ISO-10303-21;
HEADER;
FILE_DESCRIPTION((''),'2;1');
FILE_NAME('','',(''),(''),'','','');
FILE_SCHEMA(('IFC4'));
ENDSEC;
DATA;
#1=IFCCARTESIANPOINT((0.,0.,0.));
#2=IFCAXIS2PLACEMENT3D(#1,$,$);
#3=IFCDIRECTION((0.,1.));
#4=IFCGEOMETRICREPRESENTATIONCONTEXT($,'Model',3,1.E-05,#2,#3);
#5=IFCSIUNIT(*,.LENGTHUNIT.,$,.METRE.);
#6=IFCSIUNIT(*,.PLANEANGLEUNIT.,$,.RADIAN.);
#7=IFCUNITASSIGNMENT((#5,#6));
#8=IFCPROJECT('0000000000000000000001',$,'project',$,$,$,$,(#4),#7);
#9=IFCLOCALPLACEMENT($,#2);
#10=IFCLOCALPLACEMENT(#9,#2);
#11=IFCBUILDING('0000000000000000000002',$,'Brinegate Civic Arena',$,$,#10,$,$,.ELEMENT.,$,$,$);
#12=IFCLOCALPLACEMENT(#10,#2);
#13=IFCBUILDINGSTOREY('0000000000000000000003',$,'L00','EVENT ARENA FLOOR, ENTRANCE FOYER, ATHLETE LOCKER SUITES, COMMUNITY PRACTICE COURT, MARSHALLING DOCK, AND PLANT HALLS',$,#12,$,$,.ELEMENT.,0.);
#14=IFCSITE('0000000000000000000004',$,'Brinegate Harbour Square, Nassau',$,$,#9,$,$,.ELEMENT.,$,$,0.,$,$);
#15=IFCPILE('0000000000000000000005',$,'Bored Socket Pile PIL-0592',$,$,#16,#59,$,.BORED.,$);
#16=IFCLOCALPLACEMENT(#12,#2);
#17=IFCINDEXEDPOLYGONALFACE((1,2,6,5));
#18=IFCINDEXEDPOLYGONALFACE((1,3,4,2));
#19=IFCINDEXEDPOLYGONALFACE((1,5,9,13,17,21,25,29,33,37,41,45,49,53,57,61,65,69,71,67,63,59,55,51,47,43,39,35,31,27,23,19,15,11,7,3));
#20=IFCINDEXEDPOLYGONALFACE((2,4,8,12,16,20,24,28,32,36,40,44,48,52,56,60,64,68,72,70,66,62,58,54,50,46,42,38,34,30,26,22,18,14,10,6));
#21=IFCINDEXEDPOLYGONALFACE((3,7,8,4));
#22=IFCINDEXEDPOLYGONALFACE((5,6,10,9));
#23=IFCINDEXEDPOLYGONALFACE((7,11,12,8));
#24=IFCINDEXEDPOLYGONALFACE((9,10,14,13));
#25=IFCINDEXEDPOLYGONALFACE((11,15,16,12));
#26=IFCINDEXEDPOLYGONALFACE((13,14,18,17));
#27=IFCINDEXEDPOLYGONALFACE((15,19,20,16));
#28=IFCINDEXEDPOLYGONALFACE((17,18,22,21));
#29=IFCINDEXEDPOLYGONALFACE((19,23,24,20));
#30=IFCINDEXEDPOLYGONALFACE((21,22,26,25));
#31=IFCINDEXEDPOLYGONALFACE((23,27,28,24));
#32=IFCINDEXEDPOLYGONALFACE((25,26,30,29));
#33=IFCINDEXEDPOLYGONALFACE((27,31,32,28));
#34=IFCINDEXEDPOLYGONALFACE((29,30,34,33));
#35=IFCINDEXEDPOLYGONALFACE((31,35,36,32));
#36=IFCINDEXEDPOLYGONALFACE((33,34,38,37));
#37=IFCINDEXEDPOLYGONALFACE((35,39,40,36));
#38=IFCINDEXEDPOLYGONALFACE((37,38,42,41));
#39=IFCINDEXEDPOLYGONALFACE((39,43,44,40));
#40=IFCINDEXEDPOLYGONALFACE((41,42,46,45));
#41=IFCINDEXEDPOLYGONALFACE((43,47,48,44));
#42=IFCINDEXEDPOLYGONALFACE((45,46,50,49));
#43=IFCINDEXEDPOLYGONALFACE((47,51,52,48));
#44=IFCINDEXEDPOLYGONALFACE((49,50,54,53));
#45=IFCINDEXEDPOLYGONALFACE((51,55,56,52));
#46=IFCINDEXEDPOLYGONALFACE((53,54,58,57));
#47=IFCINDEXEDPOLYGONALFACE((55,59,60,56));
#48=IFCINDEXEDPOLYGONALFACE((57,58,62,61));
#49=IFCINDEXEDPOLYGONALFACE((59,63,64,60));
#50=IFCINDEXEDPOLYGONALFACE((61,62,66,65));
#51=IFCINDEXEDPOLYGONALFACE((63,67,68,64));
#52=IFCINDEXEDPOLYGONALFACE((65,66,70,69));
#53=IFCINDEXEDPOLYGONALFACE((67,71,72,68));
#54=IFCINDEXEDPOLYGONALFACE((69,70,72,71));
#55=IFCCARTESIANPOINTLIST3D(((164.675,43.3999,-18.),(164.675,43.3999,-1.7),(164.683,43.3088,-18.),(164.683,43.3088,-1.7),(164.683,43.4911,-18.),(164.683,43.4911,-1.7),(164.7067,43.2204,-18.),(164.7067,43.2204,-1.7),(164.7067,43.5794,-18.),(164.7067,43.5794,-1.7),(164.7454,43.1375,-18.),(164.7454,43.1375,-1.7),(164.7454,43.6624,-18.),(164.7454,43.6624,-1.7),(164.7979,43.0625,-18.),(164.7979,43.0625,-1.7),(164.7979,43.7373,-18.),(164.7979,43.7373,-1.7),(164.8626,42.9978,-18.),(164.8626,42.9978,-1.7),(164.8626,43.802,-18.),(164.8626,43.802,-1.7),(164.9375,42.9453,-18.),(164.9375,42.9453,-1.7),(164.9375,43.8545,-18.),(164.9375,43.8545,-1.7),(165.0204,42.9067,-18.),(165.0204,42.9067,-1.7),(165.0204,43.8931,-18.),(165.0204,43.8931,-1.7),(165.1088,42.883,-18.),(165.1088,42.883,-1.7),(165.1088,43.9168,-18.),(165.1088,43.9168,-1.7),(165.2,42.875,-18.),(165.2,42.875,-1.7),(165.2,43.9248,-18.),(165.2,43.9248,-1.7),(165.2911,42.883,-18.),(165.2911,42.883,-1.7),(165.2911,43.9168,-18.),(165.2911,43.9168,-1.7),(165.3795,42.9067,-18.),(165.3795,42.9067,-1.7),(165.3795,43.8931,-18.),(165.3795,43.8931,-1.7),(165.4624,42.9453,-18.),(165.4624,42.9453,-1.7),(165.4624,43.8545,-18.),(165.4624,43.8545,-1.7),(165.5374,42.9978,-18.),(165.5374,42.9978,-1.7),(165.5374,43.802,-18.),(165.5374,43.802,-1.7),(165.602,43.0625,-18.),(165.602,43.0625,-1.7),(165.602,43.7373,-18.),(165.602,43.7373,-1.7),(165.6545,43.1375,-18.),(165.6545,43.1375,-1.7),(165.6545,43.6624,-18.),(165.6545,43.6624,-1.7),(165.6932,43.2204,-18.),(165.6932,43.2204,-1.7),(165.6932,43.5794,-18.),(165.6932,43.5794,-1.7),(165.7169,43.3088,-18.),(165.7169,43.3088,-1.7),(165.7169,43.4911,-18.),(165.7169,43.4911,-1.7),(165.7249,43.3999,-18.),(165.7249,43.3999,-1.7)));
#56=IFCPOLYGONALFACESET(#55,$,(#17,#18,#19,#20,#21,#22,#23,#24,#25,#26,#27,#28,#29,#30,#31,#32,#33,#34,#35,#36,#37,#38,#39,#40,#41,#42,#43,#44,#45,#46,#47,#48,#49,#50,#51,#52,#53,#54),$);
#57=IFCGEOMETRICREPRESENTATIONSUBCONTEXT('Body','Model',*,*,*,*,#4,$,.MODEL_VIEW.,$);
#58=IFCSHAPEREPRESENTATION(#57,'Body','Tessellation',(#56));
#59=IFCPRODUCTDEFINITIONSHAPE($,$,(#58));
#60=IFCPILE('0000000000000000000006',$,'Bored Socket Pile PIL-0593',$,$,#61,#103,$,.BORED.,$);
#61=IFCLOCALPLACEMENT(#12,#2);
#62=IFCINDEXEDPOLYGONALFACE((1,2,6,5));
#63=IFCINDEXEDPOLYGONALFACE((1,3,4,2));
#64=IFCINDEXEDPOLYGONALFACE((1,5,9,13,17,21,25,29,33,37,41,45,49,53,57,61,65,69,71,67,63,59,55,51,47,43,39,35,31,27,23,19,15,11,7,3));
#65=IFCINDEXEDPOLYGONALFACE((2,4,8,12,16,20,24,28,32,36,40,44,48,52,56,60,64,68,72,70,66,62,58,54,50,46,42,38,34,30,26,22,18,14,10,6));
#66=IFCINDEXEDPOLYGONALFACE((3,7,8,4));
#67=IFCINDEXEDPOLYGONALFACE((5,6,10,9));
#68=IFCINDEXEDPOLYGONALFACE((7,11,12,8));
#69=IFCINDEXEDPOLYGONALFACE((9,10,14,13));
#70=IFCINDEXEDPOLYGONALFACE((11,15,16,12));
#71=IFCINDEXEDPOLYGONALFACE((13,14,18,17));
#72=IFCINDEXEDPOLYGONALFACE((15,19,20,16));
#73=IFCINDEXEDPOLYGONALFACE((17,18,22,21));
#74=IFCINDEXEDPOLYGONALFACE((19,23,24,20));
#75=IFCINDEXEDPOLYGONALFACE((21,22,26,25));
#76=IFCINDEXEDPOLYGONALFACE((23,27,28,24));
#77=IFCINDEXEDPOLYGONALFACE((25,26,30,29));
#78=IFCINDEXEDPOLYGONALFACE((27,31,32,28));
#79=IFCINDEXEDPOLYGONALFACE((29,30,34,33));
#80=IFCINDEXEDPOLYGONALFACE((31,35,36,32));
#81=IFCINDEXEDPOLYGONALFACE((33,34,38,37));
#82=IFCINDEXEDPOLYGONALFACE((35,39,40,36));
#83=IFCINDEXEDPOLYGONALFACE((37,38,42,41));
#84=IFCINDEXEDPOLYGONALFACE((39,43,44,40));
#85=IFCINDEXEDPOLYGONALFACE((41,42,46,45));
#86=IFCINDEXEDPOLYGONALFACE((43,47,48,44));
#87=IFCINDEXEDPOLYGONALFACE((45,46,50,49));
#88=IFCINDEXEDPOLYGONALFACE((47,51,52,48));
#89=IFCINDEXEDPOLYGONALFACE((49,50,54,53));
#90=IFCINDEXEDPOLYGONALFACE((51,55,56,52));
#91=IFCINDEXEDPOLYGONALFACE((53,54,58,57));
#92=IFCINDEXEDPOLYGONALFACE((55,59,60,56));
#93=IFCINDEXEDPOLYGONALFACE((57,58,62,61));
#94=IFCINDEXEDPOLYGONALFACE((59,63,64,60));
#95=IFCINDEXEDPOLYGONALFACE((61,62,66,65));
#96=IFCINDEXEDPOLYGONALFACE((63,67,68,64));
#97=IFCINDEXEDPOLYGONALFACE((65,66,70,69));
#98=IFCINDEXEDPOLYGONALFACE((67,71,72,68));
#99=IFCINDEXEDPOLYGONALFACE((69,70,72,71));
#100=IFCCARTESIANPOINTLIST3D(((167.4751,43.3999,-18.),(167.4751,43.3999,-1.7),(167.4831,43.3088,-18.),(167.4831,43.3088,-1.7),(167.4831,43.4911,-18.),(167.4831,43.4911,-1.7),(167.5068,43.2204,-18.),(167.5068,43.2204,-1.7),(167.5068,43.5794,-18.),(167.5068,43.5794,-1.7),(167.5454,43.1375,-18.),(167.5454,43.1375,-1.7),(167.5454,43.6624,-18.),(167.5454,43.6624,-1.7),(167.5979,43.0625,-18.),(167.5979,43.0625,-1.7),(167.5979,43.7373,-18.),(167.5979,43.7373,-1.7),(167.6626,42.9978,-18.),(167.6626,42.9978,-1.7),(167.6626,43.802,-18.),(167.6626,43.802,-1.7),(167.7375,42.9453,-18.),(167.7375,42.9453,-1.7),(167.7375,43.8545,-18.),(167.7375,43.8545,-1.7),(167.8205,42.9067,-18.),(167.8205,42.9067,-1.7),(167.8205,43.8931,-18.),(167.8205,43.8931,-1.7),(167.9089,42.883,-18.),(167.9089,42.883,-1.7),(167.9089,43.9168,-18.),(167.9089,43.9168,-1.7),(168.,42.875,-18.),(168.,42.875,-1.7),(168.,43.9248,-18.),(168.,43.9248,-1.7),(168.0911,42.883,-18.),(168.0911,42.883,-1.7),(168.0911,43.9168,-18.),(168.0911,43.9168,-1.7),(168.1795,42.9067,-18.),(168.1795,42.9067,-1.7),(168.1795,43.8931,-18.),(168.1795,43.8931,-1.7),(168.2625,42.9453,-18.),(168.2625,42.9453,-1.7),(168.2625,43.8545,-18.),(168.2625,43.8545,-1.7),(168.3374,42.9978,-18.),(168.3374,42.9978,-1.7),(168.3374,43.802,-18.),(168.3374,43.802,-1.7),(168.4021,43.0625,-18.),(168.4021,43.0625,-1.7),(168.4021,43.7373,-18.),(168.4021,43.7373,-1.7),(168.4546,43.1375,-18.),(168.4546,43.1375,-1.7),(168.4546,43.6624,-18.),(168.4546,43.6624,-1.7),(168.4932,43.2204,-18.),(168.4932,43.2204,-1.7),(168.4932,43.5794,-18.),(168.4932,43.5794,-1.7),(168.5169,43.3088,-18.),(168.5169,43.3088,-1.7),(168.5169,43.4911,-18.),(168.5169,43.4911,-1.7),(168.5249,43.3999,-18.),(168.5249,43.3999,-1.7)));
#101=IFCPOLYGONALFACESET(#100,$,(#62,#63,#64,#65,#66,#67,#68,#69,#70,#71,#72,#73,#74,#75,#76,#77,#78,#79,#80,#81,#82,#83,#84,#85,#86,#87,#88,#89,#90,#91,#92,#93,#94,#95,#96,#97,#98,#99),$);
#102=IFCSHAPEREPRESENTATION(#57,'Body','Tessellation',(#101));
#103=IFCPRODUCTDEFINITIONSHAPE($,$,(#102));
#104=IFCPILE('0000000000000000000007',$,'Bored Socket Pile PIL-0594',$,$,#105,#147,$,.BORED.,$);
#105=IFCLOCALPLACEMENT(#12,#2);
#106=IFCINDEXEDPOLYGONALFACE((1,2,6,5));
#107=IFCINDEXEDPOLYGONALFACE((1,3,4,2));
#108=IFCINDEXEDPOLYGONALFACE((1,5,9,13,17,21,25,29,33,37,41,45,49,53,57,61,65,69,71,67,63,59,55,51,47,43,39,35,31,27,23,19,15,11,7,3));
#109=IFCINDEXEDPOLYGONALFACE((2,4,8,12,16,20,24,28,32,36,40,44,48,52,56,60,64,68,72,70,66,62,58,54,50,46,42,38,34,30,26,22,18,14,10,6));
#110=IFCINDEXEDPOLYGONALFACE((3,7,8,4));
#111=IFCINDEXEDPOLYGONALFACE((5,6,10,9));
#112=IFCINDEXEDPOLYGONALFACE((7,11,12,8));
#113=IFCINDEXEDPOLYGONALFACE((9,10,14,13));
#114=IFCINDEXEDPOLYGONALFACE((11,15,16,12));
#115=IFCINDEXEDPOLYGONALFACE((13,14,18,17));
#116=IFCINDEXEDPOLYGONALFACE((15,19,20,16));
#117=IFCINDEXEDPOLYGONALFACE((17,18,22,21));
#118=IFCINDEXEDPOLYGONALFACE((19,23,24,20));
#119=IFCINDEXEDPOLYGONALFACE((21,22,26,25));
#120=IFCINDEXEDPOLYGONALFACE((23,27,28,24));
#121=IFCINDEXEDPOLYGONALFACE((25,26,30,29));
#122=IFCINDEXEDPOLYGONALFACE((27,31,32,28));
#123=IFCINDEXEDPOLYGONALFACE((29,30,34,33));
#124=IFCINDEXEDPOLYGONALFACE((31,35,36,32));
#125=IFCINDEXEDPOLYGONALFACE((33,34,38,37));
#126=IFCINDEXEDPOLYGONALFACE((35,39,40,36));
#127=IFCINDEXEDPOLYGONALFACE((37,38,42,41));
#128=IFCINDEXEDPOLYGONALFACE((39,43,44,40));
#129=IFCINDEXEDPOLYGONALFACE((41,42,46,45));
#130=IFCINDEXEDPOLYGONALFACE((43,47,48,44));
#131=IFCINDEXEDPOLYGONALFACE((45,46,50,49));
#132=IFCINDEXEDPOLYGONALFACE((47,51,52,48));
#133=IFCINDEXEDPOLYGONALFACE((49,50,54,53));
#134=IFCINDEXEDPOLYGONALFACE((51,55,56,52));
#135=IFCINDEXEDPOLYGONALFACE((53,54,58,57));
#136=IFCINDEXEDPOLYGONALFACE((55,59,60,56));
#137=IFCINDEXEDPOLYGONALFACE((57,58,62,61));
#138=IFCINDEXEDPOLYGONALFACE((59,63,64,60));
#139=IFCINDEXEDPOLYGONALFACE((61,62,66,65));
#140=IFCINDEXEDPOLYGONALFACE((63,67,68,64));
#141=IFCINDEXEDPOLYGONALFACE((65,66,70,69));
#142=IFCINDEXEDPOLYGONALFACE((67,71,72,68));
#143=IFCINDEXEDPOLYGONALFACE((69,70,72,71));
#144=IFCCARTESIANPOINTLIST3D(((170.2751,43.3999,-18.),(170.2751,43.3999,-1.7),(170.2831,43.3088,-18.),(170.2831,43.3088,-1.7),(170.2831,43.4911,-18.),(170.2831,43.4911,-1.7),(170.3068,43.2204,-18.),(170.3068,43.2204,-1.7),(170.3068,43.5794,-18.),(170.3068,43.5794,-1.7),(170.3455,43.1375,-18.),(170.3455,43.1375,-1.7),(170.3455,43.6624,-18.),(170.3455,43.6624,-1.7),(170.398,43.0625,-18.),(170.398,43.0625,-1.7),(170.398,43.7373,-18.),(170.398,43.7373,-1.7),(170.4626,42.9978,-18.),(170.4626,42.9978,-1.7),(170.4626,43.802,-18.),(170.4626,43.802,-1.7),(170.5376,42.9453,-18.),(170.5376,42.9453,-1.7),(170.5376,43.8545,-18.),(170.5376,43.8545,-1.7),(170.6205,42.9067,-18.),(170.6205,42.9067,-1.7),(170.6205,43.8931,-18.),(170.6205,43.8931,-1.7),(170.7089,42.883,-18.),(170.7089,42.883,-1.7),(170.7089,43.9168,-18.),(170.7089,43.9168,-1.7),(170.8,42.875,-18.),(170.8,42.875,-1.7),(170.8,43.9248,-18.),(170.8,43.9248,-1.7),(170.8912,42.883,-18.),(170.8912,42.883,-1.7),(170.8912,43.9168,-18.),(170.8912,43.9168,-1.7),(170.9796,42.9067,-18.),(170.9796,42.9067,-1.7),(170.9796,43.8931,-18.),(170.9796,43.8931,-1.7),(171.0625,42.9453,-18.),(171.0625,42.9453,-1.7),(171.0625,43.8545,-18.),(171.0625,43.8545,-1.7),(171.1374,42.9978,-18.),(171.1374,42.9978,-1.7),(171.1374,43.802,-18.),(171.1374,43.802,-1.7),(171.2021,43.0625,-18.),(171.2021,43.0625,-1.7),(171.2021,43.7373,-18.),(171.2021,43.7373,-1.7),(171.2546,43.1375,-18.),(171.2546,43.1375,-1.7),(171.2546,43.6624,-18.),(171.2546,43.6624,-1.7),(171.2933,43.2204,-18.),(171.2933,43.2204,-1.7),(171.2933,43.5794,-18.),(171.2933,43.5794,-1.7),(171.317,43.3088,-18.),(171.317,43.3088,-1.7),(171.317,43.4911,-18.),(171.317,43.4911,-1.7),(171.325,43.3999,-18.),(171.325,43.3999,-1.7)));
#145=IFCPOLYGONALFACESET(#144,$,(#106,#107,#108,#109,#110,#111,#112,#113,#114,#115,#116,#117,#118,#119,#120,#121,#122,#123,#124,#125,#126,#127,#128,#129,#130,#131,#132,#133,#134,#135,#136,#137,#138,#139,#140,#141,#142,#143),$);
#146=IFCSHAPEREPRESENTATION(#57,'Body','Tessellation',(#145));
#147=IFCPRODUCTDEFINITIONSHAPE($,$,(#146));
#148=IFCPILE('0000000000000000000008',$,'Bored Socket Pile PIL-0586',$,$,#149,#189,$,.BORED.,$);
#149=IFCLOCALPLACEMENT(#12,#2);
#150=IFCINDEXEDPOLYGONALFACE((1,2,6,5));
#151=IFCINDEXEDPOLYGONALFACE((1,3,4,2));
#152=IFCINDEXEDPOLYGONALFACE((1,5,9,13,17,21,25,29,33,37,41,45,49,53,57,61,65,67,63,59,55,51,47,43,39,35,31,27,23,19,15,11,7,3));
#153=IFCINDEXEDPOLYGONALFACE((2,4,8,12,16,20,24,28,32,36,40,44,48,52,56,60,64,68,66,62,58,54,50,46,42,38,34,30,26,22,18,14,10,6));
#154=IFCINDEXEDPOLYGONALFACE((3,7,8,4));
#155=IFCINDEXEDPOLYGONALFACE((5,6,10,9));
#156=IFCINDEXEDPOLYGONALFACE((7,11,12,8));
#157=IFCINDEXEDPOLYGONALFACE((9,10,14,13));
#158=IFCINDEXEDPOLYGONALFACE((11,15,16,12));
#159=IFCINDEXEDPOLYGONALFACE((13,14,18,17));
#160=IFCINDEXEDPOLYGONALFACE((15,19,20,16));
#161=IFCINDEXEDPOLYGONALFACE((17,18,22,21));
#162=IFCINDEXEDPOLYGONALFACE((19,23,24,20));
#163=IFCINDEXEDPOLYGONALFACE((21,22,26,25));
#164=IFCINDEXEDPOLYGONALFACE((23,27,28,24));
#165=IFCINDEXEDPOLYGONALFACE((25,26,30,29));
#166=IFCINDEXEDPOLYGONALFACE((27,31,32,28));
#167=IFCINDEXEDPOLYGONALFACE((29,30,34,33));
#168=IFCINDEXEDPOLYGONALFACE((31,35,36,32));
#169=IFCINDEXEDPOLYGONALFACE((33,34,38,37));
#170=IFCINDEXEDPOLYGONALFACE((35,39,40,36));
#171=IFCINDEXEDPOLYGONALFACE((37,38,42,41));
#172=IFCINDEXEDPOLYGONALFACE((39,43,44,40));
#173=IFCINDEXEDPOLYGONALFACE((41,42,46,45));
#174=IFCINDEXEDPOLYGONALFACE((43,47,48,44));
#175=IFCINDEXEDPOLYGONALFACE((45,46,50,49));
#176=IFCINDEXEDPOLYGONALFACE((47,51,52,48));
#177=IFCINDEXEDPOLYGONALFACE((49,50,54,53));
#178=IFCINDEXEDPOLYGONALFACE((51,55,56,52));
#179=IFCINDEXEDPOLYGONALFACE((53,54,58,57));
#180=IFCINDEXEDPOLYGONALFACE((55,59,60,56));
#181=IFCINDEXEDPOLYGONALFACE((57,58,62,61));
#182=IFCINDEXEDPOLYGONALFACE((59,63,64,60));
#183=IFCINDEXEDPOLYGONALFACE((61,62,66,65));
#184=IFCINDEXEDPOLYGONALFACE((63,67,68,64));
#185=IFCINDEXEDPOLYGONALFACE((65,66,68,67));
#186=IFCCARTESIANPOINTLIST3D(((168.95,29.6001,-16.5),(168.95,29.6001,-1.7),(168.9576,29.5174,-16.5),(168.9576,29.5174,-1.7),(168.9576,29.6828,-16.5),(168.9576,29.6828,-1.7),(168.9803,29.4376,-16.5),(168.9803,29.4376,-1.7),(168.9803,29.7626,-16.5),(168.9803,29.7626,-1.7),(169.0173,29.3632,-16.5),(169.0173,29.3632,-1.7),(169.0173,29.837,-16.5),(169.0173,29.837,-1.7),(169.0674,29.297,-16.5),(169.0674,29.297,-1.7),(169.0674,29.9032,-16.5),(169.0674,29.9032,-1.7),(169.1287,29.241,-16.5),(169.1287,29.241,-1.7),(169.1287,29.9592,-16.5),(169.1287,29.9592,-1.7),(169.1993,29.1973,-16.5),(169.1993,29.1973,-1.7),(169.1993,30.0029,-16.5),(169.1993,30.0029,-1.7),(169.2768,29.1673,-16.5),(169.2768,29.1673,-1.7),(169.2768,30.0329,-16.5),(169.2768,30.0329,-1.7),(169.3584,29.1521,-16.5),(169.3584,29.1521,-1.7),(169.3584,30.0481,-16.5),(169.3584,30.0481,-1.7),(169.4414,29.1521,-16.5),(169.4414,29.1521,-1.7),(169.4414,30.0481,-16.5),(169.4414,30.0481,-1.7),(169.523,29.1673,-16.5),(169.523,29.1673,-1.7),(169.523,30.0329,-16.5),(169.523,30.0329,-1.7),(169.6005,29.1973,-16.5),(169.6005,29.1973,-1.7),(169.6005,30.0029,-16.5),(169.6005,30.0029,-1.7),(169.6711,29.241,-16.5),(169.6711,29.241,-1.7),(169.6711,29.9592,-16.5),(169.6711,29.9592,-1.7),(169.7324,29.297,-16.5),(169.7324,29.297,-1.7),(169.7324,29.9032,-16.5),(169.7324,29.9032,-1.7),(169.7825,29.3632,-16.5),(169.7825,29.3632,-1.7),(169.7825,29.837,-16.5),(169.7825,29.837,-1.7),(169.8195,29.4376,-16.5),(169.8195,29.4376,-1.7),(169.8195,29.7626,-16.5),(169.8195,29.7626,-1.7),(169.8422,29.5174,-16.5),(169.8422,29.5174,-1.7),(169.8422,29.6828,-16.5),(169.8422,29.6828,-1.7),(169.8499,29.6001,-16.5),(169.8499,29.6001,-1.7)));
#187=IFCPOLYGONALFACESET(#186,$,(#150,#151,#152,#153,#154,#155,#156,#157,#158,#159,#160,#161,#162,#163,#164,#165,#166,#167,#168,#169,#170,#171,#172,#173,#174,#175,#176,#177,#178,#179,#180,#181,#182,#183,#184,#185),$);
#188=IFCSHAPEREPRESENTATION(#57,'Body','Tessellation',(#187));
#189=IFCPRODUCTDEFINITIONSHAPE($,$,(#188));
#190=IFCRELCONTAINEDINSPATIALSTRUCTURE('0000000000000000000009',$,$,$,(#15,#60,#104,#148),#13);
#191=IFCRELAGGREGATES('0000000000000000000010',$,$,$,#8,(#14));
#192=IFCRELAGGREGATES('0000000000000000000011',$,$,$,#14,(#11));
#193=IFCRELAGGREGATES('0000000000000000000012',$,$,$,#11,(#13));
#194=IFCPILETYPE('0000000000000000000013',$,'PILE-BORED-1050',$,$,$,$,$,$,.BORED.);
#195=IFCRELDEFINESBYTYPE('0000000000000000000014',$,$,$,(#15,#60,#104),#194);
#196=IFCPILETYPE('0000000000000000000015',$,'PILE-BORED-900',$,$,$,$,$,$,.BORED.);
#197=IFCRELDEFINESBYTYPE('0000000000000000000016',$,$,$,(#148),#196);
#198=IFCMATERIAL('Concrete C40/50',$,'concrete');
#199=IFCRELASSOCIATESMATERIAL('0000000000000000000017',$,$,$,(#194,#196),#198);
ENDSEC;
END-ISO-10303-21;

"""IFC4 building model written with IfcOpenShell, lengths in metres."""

from ifc_helpers import new_model, si_unit, direction, frame, origin, origin_2d, place, context, subcontext, project, spatial, circle, extrude, material, material_profile, profile_set, type_object, element, save


model = new_model("IFC4")

# Units and contexts
model_context = context("Model", 3, precision=1e-05, world=origin(), true_north=direction((0.0, 1.0)))
body_context = subcontext(model_context, "Body", "Model", "MODEL_VIEW")
ifc_project = project(units=[si_unit("LENGTHUNIT", "METRE"), si_unit("PLANEANGLEUNIT", "RADIAN")], contexts=[model_context])

# Site, building, storey
site_placement = place(None, origin())
site = spatial("IfcSite", under=ifc_project, at=site_placement, Name="Brinegate Harbour Square, Nassau", CompositionType="ELEMENT", RefElevation=0.0)
building_placement = place(site_placement, origin())
building = spatial("IfcBuilding", under=site, at=building_placement, Name="Brinegate Civic Arena", CompositionType="ELEMENT")
storey_placement = place(building_placement, origin())
storey = spatial("IfcBuildingStorey", under=building, at=storey_placement, Name="L00", Description="EVENT ARENA FLOOR, ENTRANCE FOYER, ATHLETE LOCKER SUITES, COMMUNITY PRACTICE COURT, MARSHALLING DOCK, AND PLANT HALLS", CompositionType="ELEMENT", Elevation=0.0)

# Shared definitions
ifc_material_1 = material(Name="Concrete C40/50", Category="concrete")

# Piles
ifc_material_profile_1 = material_profile(ifc_material_1, circle(Radius=0.5249, at=origin_2d()), Name="PILED1050")
ifc_profile_set_1 = profile_set([ifc_material_profile_1], Name="Concrete C40/50")
pile_type_1 = type_object("IfcPileType", Name="PILE-BORED-1050", PredefinedType="BORED", material=ifc_profile_set_1)
for number, where, z_axis, x_axis, name in (
    (1, (165.2, 43.3999, -1.7), (0.0, 0.0, -1.0), (1.0, 0.0, 0.0), "Bored Socket Pile PIL-0592"),
    (2, (168.0, 43.3999, -1.7), (0.0, 0.0, -1.0), (1.0, 0.0, 0.0), "Bored Socket Pile PIL-0593"),
    (3, (170.8, 43.3999, -1.7), (0.0, 0.0, -1.0), (1.0, 0.0, 0.0), "Bored Socket Pile PIL-0594"),
):
    element("IfcPile", number, at=place(storey_placement, frame(where, z_axis=z_axis, x_axis=x_axis)), inside=storey, type_object=pile_type_1, Name=name, PredefinedType="BORED", context=body_context, shape_type="SweptSolid", body=[
        extrude(circle(Radius=0.5249, at=origin_2d()), origin(), (0.0, 0.0, 1.0), 16.3),
    ])
ifc_material_profile_2 = material_profile(ifc_material_1, circle(Radius=0.45, at=origin_2d()), Name="PILED900")
ifc_profile_set_2 = profile_set([ifc_material_profile_2], Name="Concrete C40/50")
pile_type_2 = type_object("IfcPileType", Name="PILE-BORED-900", PredefinedType="BORED", material=ifc_profile_set_2)
for number, where, z_axis, x_axis, name in (
    (4, (169.3999, 29.6001, -1.7), (0.0, 0.0, -1.0), (1.0, 0.0, 0.0), "Bored Socket Pile PIL-0586"),
):
    element("IfcPile", number, at=place(storey_placement, frame(where, z_axis=z_axis, x_axis=x_axis)), inside=storey, type_object=pile_type_2, Name=name, PredefinedType="BORED", context=body_context, shape_type="SweptSolid", body=[
        extrude(circle(Radius=0.45, at=origin_2d()), origin(), (0.0, 0.0, 1.0), 14.8),
    ])

save(model, "model.ifc")
